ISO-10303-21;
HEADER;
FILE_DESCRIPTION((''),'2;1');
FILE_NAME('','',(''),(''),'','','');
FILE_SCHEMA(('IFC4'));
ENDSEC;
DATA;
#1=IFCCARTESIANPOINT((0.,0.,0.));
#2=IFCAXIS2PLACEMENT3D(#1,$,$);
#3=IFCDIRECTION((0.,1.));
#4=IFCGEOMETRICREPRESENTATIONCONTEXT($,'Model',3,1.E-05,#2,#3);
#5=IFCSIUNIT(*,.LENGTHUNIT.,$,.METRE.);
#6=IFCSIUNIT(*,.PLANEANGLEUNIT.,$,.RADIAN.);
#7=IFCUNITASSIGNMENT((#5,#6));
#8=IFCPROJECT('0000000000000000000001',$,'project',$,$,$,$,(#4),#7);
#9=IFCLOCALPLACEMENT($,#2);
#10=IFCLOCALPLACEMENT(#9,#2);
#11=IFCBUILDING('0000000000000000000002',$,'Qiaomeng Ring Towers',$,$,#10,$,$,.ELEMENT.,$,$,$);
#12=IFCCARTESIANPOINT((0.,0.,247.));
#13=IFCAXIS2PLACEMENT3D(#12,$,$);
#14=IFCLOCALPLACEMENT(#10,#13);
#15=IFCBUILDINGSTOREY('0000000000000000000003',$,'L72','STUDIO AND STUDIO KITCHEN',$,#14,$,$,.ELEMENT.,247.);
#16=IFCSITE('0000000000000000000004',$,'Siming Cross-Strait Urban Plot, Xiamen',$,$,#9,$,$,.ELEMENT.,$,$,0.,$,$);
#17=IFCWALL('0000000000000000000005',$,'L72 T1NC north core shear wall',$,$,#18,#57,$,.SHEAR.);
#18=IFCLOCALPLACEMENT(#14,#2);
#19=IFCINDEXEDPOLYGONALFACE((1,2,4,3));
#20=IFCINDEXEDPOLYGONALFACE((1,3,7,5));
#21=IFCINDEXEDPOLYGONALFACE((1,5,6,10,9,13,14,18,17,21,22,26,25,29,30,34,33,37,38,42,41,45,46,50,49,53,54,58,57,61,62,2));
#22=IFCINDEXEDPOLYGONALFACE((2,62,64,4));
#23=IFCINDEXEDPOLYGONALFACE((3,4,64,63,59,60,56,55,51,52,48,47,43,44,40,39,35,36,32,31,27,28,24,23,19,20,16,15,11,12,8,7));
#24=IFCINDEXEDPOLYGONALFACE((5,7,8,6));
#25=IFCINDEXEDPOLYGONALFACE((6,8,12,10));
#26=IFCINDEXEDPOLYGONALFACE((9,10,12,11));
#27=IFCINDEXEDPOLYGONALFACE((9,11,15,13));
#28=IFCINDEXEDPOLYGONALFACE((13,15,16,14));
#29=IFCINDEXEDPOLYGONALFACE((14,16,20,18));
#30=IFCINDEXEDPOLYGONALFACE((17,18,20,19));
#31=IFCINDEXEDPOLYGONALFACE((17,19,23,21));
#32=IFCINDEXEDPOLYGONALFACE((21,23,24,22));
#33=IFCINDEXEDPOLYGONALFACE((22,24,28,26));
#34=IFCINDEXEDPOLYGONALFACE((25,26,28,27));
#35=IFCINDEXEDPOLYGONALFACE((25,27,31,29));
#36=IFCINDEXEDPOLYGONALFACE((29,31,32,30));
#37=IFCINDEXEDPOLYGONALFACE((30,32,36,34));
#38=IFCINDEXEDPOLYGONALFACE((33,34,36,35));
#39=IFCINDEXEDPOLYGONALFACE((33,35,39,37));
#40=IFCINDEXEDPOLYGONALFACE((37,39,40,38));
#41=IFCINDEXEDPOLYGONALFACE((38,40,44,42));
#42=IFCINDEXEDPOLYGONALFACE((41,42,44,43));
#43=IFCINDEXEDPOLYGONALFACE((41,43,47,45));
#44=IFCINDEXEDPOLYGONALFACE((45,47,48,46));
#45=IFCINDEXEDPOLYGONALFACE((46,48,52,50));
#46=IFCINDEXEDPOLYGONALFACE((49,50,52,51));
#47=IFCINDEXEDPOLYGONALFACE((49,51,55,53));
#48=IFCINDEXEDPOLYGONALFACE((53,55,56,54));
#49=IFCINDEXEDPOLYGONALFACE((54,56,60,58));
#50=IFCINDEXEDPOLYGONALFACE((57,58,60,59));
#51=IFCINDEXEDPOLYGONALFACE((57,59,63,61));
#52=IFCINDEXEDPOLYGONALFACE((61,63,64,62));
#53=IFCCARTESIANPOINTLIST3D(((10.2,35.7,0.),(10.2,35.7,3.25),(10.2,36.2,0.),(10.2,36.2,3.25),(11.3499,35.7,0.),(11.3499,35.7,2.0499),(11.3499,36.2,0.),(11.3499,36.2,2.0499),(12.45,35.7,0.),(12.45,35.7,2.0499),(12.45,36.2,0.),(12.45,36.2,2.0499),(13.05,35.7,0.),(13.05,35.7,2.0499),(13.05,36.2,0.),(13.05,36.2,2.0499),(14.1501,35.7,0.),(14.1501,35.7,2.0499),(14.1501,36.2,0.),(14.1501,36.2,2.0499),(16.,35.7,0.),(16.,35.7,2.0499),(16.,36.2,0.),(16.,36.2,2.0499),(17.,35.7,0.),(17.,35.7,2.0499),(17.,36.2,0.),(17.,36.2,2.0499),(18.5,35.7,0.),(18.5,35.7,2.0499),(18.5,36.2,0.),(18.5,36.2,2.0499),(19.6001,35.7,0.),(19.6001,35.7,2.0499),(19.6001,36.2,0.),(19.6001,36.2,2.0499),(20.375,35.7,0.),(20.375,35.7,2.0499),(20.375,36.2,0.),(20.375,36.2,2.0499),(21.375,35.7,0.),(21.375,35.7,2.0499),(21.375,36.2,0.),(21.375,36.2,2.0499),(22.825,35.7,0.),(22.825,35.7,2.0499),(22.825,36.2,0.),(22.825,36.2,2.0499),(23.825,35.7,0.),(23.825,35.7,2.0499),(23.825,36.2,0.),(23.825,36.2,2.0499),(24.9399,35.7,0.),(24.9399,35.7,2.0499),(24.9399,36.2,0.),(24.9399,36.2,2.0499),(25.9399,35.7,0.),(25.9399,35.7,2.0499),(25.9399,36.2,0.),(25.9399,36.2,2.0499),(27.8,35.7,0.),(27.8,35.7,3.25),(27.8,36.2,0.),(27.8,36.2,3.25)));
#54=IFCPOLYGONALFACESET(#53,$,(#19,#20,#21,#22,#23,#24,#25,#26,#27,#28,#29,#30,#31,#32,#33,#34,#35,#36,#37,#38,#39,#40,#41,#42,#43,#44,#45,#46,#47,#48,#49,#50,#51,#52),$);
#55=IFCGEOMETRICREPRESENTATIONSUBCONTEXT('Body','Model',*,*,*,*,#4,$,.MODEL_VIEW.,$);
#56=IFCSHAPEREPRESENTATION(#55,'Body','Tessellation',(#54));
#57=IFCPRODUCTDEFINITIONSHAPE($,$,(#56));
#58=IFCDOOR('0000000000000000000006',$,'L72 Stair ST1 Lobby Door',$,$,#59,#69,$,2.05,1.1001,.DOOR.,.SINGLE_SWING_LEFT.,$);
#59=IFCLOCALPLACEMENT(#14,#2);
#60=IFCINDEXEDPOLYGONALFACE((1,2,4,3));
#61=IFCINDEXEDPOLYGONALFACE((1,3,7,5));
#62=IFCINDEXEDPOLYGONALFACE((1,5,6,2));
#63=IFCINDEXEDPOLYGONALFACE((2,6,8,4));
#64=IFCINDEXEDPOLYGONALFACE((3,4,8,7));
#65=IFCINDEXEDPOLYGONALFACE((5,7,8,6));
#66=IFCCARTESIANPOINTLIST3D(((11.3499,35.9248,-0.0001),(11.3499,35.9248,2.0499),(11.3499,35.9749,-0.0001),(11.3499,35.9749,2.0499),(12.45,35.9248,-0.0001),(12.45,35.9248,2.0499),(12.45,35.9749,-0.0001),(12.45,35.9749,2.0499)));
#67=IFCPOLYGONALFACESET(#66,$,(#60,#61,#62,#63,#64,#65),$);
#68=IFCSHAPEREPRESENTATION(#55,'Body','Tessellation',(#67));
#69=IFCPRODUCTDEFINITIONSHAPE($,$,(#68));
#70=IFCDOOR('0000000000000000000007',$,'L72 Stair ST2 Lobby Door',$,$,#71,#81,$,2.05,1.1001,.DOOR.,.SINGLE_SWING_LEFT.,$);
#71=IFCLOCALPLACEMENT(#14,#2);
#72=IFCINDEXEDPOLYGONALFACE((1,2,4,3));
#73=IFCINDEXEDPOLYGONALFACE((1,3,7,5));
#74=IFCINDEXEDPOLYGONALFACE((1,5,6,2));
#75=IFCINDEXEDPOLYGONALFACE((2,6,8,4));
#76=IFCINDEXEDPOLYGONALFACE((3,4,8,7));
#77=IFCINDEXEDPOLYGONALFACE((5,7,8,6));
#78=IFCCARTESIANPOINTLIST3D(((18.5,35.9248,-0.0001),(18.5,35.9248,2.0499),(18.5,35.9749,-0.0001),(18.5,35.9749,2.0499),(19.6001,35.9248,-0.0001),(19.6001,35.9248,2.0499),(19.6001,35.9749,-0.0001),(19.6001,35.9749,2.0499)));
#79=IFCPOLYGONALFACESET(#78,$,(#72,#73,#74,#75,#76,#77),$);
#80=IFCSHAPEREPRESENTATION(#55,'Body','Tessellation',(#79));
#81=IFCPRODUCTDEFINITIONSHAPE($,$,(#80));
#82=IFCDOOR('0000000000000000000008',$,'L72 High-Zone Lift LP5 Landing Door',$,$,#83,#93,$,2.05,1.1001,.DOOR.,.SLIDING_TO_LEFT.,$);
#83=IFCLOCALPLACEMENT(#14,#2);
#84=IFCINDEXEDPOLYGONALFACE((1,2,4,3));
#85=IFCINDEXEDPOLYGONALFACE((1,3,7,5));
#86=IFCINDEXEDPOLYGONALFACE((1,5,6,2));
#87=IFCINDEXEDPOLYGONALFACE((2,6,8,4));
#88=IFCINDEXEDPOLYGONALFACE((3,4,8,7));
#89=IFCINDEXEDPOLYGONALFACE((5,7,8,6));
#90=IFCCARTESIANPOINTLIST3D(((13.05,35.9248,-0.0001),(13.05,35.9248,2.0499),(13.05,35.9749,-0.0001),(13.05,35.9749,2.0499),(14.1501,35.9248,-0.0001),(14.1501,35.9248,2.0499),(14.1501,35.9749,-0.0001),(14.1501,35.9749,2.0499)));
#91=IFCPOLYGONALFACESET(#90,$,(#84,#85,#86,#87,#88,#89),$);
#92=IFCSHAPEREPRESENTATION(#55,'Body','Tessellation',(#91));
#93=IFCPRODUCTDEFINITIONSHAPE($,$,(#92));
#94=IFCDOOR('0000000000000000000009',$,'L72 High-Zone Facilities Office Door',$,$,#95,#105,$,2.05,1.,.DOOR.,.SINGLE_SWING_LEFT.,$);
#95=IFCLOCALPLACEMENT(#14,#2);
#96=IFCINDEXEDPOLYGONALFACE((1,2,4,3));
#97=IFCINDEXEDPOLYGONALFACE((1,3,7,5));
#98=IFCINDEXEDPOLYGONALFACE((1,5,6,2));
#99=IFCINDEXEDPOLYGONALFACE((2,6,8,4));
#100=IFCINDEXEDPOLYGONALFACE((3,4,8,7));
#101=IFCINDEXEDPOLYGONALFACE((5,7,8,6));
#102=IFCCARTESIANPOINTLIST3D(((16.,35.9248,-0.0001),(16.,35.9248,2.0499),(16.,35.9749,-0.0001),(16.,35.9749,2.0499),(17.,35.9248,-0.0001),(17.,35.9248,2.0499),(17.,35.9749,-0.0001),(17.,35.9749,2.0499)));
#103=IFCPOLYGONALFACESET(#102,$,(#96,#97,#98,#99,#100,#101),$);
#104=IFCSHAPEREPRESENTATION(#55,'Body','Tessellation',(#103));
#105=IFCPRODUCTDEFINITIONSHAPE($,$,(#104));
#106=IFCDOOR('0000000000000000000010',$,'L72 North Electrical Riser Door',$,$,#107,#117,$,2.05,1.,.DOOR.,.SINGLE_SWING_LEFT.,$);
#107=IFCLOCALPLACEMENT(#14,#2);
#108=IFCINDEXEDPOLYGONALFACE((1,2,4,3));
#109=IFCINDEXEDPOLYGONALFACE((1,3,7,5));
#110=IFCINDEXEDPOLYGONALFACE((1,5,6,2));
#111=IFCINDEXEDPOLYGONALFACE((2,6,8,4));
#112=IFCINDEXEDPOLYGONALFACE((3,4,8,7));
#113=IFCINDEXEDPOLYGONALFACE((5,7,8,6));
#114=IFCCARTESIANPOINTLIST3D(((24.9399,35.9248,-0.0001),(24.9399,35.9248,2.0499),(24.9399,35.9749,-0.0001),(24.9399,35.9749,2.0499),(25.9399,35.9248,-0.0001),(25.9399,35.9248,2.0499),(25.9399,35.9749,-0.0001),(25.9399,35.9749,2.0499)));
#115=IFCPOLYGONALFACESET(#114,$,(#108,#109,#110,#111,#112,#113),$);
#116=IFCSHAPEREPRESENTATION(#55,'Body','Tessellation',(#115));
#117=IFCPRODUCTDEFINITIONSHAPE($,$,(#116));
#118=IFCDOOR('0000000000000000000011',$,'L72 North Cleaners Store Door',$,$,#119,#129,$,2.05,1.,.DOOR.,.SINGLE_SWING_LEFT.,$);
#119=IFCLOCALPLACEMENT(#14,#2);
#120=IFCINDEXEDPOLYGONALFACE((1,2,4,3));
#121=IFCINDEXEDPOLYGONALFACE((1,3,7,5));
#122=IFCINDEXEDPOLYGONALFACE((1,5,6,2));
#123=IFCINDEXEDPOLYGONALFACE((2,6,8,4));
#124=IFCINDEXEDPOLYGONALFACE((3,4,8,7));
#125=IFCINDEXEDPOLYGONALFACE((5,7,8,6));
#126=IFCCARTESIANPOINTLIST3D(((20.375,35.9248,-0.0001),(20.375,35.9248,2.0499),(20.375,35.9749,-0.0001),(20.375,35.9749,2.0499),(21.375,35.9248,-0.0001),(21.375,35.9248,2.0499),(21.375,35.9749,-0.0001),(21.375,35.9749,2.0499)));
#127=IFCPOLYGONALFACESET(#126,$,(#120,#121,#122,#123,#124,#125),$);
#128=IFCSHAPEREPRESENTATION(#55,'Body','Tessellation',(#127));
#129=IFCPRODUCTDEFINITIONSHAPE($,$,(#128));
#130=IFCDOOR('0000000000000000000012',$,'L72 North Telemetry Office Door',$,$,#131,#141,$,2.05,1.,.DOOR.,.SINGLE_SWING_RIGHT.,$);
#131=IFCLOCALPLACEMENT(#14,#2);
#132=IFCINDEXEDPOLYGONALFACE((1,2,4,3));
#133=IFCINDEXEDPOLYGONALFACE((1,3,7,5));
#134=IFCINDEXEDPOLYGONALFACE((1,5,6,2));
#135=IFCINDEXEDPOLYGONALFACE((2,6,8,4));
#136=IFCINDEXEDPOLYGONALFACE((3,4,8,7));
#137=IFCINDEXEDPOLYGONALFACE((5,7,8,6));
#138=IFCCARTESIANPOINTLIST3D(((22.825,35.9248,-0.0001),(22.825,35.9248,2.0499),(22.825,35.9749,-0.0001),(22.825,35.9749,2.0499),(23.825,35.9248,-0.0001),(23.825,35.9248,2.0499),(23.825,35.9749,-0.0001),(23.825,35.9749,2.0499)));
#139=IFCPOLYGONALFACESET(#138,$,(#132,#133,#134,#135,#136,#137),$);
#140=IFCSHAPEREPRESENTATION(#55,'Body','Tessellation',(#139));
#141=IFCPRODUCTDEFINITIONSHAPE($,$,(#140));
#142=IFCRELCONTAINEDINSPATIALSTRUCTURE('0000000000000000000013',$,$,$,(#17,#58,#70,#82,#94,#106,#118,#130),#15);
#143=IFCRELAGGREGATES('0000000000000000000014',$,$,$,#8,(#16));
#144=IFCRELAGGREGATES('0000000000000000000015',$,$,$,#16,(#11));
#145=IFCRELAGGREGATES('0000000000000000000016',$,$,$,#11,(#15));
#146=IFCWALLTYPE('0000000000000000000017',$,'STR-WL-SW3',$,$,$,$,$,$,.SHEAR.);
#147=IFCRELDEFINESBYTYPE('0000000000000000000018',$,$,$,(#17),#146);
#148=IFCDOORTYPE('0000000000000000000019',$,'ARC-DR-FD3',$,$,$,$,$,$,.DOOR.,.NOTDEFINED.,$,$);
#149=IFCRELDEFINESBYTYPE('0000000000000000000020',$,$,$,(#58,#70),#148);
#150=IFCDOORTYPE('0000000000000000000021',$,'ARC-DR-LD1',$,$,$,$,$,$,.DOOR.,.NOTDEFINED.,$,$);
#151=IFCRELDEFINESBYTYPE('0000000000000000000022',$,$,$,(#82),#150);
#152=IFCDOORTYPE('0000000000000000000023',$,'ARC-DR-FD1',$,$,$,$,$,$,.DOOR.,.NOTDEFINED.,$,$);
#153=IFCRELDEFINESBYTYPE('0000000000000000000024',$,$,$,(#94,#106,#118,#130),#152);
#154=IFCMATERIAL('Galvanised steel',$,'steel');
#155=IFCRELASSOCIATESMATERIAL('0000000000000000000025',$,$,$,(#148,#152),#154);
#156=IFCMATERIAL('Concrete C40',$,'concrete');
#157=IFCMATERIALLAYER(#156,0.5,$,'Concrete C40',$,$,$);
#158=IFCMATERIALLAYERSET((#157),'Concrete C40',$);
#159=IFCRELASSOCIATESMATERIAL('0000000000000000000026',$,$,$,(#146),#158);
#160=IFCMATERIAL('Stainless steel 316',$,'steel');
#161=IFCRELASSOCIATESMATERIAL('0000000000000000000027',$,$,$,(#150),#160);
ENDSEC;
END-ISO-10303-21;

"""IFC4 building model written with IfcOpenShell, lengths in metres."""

from ifc_helpers import new_model, si_unit, direction, frame, frame_2d, origin, place, context, subcontext, project, spatial, rectangle, extrude, source, transform, mapped, material, layer, layer_set, type_object, element, fill, save


model = new_model("IFC4")

# Units and contexts
model_context = context("Model", 3, precision=1e-05, world=origin(), true_north=direction((0.0, 1.0)))
body_context = subcontext(model_context, "Body", "Model", "MODEL_VIEW")
ifc_project = project(units=[si_unit("LENGTHUNIT", "METRE"), si_unit("PLANEANGLEUNIT", "RADIAN")], contexts=[model_context])

# Site, building, storey
site_placement = place(None, origin())
site = spatial("IfcSite", under=ifc_project, at=site_placement, Name="Siming Cross-Strait Urban Plot, Xiamen", CompositionType="ELEMENT", RefElevation=0.0)
building_placement = place(site_placement, origin())
building = spatial("IfcBuilding", under=site, at=building_placement, Name="Qiaomeng Ring Towers", CompositionType="ELEMENT")
storey_placement = place(building_placement, frame((0.0, 0.0, 247.0)))
storey = spatial("IfcBuildingStorey", under=building, at=storey_placement, Name="L72", Description="STUDIO AND STUDIO KITCHEN", CompositionType="ELEMENT", Elevation=247.0)

# Shared definitions
ifc_material_1 = material(Name="Concrete C40", Category="concrete")

# Shared definitions
ifc_material_2 = material(Name="Galvanised steel", Category="steel")
door_type_1 = type_object("IfcDoorType", Name="ARC-DR-FD3", OperationType="NOTDEFINED", PredefinedType="DOOR", material=ifc_material_2)
shared_shape_1 = source(origin(), body_context, "Body", "SweptSolid", [
    extrude(rectangle(XDim=1.1001, YDim=2.05, at=frame_2d((0.55, 1.0249))), frame((0.0, 0.0249, 0.0), z_axis=(0.0, -1.0, 0.0), x_axis=(1.0, 0.0, 0.0)), (0.0, 0.0, 1.0), 0.05),
])

# Wall, openings, doors
ifc_layer_1 = layer(ifc_material_1, 0.5, Name="Concrete C40")
ifc_layer_set_1 = layer_set([ifc_layer_1], Name="Concrete C40")
wall_type_1 = type_object("IfcWallType", Name="STR-WL-SW3", PredefinedType="SHEAR", material=ifc_layer_set_1)
wall_1_placement = place(storey_placement, frame((10.2, 35.95, 0.0), z_axis=(0.0, 0.0, 1.0), x_axis=(1.0, 0.0, 0.0)))
wall_1 = element("IfcWall", 1, at=wall_1_placement, inside=storey, type_object=wall_type_1, Name="L72 T1NC north core shear wall", PredefinedType="SHEAR", context=body_context, shape_type="SweptSolid", body=[
    extrude(rectangle(XDim=17.6001, YDim=0.5, at=frame_2d((8.8, 0.0))), origin(), (0.0, 0.0, 1.0), 3.25),
])
opening_1_placement = place(wall_1_placement, frame((1.1499, 0.0, 0.0)))
opening_1 = element("IfcOpeningElement", 2, at=opening_1_placement, cuts=wall_1, PredefinedType="OPENING", context=body_context, shape_type="SweptSolid", body=[
    extrude(rectangle(XDim=1.1001, YDim=2.05, at=frame_2d((0.55, 1.0249))), frame((0.0, 0.26, 0.0), z_axis=(0.0, -1.0, 0.0), x_axis=(1.0, 0.0, 0.0)), (0.0, 0.0, 1.0), 0.52),
])
opening_2_placement = place(wall_1_placement, frame((8.3, 0.0, 0.0)))
opening_2 = element("IfcOpeningElement", 3, at=opening_2_placement, cuts=wall_1, PredefinedType="OPENING", context=body_context, shape_type="SweptSolid", body=[
    extrude(rectangle(XDim=1.1001, YDim=2.05, at=frame_2d((0.55, 1.0249))), frame((0.0, 0.26, 0.0), z_axis=(0.0, -1.0, 0.0), x_axis=(1.0, 0.0, 0.0)), (0.0, 0.0, 1.0), 0.52),
])
opening_3_placement = place(wall_1_placement, frame((2.8501, 0.0, 0.0)))
opening_3 = element("IfcOpeningElement", 4, at=opening_3_placement, cuts=wall_1, PredefinedType="OPENING", context=body_context, shape_type="SweptSolid", body=[
    extrude(rectangle(XDim=1.1001, YDim=2.05, at=frame_2d((0.55, 1.0249))), frame((0.0, 0.26, 0.0), z_axis=(0.0, -1.0, 0.0), x_axis=(1.0, 0.0, 0.0)), (0.0, 0.0, 1.0), 0.52),
])
opening_4_placement = place(wall_1_placement, frame((5.8, 0.0, 0.0)))
opening_4 = element("IfcOpeningElement", 5, at=opening_4_placement, cuts=wall_1, PredefinedType="OPENING", context=body_context, shape_type="SweptSolid", body=[
    extrude(rectangle(XDim=1.0, YDim=2.05, at=frame_2d((0.5, 1.0249))), frame((0.0, 0.26, 0.0), z_axis=(0.0, -1.0, 0.0), x_axis=(1.0, 0.0, 0.0)), (0.0, 0.0, 1.0), 0.52),
])
opening_5_placement = place(wall_1_placement, frame((14.74, 0.0, 0.0)))
opening_5 = element("IfcOpeningElement", 6, at=opening_5_placement, cuts=wall_1, PredefinedType="OPENING", context=body_context, shape_type="SweptSolid", body=[
    extrude(rectangle(XDim=1.0, YDim=2.05, at=frame_2d((0.5, 1.0249))), frame((0.0, 0.26, 0.0), z_axis=(0.0, -1.0, 0.0), x_axis=(1.0, 0.0, 0.0)), (0.0, 0.0, 1.0), 0.52),
])
opening_6_placement = place(wall_1_placement, frame((10.175, 0.0, 0.0)))
opening_6 = element("IfcOpeningElement", 7, at=opening_6_placement, cuts=wall_1, PredefinedType="OPENING", context=body_context, shape_type="SweptSolid", body=[
    extrude(rectangle(XDim=1.0, YDim=2.05, at=frame_2d((0.5, 1.0249))), frame((0.0, 0.26, 0.0), z_axis=(0.0, -1.0, 0.0), x_axis=(1.0, 0.0, 0.0)), (0.0, 0.0, 1.0), 0.52),
])
opening_7_placement = place(wall_1_placement, frame((12.625, 0.0, 0.0)))
opening_7 = element("IfcOpeningElement", 8, at=opening_7_placement, cuts=wall_1, PredefinedType="OPENING", context=body_context, shape_type="SweptSolid", body=[
    extrude(rectangle(XDim=1.0, YDim=2.05, at=frame_2d((0.5, 1.0249))), frame((0.0, 0.26, 0.0), z_axis=(0.0, -1.0, 0.0), x_axis=(1.0, 0.0, 0.0)), (0.0, 0.0, 1.0), 0.52),
])
door_1_placement = place(opening_1_placement, origin())
door_1 = element("IfcDoor", 9, at=door_1_placement, inside=storey, type_object=door_type_1, Name="L72 Stair ST1 Lobby Door", OperationType="SINGLE_SWING_LEFT", OverallHeight=2.05, OverallWidth=1.1001, PredefinedType="DOOR", context=body_context, shape_type="MappedRepresentation", body=[
    mapped(shared_shape_1, transform((0.0, 0.0, 0.0), x_axis=(1.0, 0.0, 0.0), y_axis=(0.0, 1.0, 0.0), z_axis=(0.0, 0.0, 1.0), scale=1.0)),
])
fill(opening_1, door_1)
door_2_placement = place(opening_2_placement, origin())
door_2 = element("IfcDoor", 10, at=door_2_placement, inside=storey, type_object=door_type_1, Name="L72 Stair ST2 Lobby Door", OperationType="SINGLE_SWING_LEFT", OverallHeight=2.05, OverallWidth=1.1001, PredefinedType="DOOR", context=body_context, shape_type="MappedRepresentation", body=[
    mapped(shared_shape_1, transform((0.0, 0.0, 0.0), x_axis=(1.0, 0.0, 0.0), y_axis=(0.0, 1.0, 0.0), z_axis=(0.0, 0.0, 1.0), scale=1.0)),
])
fill(opening_2, door_2)
ifc_material_3 = material(Name="Stainless steel 316", Category="steel")
door_type_2 = type_object("IfcDoorType", Name="ARC-DR-LD1", OperationType="NOTDEFINED", PredefinedType="DOOR", material=ifc_material_3)
door_3_placement = place(opening_3_placement, origin())
door_3 = element("IfcDoor", 11, at=door_3_placement, inside=storey, type_object=door_type_2, Name="L72 High-Zone Lift LP5 Landing Door", OperationType="SLIDING_TO_LEFT", OverallHeight=2.05, OverallWidth=1.1001, PredefinedType="DOOR", context=body_context, shape_type="MappedRepresentation", body=[
    mapped(shared_shape_1, transform((0.0, 0.0, 0.0), x_axis=(1.0, 0.0, 0.0), y_axis=(0.0, 1.0, 0.0), z_axis=(0.0, 0.0, 1.0), scale=1.0)),
])
fill(opening_3, door_3)
door_type_3 = type_object("IfcDoorType", Name="ARC-DR-FD1", OperationType="NOTDEFINED", PredefinedType="DOOR", material=ifc_material_2)
shared_shape_2 = source(origin(), body_context, "Body", "SweptSolid", [
    extrude(rectangle(XDim=1.0, YDim=2.05, at=frame_2d((0.5, 1.0249))), frame((0.0, 0.0249, 0.0), z_axis=(0.0, -1.0, 0.0), x_axis=(1.0, 0.0, 0.0)), (0.0, 0.0, 1.0), 0.05),
])
door_4_placement = place(opening_4_placement, origin())
door_4 = element("IfcDoor", 12, at=door_4_placement, inside=storey, type_object=door_type_3, Name="L72 High-Zone Facilities Office Door", OperationType="SINGLE_SWING_LEFT", OverallHeight=2.05, OverallWidth=1.0, PredefinedType="DOOR", context=body_context, shape_type="MappedRepresentation", body=[
    mapped(shared_shape_2, transform((0.0, 0.0, 0.0), x_axis=(1.0, 0.0, 0.0), y_axis=(0.0, 1.0, 0.0), z_axis=(0.0, 0.0, 1.0), scale=1.0)),
])
fill(opening_4, door_4)
door_5_placement = place(opening_5_placement, origin())
door_5 = element("IfcDoor", 13, at=door_5_placement, inside=storey, type_object=door_type_3, Name="L72 North Electrical Riser Door", OperationType="SINGLE_SWING_LEFT", OverallHeight=2.05, OverallWidth=1.0, PredefinedType="DOOR", context=body_context, shape_type="MappedRepresentation", body=[
    mapped(shared_shape_2, transform((0.0, 0.0, 0.0), x_axis=(1.0, 0.0, 0.0), y_axis=(0.0, 1.0, 0.0), z_axis=(0.0, 0.0, 1.0), scale=1.0)),
])
fill(opening_5, door_5)
door_6_placement = place(opening_6_placement, origin())
door_6 = element("IfcDoor", 14, at=door_6_placement, inside=storey, type_object=door_type_3, Name="L72 North Cleaners Store Door", OperationType="SINGLE_SWING_LEFT", OverallHeight=2.05, OverallWidth=1.0, PredefinedType="DOOR", context=body_context, shape_type="MappedRepresentation", body=[
    mapped(shared_shape_2, transform((0.0, 0.0, 0.0), x_axis=(1.0, 0.0, 0.0), y_axis=(0.0, 1.0, 0.0), z_axis=(0.0, 0.0, 1.0), scale=1.0)),
])
fill(opening_6, door_6)
door_7_placement = place(opening_7_placement, origin())
door_7 = element("IfcDoor", 15, at=door_7_placement, inside=storey, type_object=door_type_3, Name="L72 North Telemetry Office Door", OperationType="SINGLE_SWING_RIGHT", OverallHeight=2.05, OverallWidth=1.0, PredefinedType="DOOR", context=body_context, shape_type="MappedRepresentation", body=[
    mapped(shared_shape_2, transform((0.0, 0.0, 0.0), x_axis=(1.0, 0.0, 0.0), y_axis=(0.0, 1.0, 0.0), z_axis=(0.0, 0.0, 1.0), scale=1.0)),
])
fill(opening_7, door_7)

save(model, "model.ifc")
